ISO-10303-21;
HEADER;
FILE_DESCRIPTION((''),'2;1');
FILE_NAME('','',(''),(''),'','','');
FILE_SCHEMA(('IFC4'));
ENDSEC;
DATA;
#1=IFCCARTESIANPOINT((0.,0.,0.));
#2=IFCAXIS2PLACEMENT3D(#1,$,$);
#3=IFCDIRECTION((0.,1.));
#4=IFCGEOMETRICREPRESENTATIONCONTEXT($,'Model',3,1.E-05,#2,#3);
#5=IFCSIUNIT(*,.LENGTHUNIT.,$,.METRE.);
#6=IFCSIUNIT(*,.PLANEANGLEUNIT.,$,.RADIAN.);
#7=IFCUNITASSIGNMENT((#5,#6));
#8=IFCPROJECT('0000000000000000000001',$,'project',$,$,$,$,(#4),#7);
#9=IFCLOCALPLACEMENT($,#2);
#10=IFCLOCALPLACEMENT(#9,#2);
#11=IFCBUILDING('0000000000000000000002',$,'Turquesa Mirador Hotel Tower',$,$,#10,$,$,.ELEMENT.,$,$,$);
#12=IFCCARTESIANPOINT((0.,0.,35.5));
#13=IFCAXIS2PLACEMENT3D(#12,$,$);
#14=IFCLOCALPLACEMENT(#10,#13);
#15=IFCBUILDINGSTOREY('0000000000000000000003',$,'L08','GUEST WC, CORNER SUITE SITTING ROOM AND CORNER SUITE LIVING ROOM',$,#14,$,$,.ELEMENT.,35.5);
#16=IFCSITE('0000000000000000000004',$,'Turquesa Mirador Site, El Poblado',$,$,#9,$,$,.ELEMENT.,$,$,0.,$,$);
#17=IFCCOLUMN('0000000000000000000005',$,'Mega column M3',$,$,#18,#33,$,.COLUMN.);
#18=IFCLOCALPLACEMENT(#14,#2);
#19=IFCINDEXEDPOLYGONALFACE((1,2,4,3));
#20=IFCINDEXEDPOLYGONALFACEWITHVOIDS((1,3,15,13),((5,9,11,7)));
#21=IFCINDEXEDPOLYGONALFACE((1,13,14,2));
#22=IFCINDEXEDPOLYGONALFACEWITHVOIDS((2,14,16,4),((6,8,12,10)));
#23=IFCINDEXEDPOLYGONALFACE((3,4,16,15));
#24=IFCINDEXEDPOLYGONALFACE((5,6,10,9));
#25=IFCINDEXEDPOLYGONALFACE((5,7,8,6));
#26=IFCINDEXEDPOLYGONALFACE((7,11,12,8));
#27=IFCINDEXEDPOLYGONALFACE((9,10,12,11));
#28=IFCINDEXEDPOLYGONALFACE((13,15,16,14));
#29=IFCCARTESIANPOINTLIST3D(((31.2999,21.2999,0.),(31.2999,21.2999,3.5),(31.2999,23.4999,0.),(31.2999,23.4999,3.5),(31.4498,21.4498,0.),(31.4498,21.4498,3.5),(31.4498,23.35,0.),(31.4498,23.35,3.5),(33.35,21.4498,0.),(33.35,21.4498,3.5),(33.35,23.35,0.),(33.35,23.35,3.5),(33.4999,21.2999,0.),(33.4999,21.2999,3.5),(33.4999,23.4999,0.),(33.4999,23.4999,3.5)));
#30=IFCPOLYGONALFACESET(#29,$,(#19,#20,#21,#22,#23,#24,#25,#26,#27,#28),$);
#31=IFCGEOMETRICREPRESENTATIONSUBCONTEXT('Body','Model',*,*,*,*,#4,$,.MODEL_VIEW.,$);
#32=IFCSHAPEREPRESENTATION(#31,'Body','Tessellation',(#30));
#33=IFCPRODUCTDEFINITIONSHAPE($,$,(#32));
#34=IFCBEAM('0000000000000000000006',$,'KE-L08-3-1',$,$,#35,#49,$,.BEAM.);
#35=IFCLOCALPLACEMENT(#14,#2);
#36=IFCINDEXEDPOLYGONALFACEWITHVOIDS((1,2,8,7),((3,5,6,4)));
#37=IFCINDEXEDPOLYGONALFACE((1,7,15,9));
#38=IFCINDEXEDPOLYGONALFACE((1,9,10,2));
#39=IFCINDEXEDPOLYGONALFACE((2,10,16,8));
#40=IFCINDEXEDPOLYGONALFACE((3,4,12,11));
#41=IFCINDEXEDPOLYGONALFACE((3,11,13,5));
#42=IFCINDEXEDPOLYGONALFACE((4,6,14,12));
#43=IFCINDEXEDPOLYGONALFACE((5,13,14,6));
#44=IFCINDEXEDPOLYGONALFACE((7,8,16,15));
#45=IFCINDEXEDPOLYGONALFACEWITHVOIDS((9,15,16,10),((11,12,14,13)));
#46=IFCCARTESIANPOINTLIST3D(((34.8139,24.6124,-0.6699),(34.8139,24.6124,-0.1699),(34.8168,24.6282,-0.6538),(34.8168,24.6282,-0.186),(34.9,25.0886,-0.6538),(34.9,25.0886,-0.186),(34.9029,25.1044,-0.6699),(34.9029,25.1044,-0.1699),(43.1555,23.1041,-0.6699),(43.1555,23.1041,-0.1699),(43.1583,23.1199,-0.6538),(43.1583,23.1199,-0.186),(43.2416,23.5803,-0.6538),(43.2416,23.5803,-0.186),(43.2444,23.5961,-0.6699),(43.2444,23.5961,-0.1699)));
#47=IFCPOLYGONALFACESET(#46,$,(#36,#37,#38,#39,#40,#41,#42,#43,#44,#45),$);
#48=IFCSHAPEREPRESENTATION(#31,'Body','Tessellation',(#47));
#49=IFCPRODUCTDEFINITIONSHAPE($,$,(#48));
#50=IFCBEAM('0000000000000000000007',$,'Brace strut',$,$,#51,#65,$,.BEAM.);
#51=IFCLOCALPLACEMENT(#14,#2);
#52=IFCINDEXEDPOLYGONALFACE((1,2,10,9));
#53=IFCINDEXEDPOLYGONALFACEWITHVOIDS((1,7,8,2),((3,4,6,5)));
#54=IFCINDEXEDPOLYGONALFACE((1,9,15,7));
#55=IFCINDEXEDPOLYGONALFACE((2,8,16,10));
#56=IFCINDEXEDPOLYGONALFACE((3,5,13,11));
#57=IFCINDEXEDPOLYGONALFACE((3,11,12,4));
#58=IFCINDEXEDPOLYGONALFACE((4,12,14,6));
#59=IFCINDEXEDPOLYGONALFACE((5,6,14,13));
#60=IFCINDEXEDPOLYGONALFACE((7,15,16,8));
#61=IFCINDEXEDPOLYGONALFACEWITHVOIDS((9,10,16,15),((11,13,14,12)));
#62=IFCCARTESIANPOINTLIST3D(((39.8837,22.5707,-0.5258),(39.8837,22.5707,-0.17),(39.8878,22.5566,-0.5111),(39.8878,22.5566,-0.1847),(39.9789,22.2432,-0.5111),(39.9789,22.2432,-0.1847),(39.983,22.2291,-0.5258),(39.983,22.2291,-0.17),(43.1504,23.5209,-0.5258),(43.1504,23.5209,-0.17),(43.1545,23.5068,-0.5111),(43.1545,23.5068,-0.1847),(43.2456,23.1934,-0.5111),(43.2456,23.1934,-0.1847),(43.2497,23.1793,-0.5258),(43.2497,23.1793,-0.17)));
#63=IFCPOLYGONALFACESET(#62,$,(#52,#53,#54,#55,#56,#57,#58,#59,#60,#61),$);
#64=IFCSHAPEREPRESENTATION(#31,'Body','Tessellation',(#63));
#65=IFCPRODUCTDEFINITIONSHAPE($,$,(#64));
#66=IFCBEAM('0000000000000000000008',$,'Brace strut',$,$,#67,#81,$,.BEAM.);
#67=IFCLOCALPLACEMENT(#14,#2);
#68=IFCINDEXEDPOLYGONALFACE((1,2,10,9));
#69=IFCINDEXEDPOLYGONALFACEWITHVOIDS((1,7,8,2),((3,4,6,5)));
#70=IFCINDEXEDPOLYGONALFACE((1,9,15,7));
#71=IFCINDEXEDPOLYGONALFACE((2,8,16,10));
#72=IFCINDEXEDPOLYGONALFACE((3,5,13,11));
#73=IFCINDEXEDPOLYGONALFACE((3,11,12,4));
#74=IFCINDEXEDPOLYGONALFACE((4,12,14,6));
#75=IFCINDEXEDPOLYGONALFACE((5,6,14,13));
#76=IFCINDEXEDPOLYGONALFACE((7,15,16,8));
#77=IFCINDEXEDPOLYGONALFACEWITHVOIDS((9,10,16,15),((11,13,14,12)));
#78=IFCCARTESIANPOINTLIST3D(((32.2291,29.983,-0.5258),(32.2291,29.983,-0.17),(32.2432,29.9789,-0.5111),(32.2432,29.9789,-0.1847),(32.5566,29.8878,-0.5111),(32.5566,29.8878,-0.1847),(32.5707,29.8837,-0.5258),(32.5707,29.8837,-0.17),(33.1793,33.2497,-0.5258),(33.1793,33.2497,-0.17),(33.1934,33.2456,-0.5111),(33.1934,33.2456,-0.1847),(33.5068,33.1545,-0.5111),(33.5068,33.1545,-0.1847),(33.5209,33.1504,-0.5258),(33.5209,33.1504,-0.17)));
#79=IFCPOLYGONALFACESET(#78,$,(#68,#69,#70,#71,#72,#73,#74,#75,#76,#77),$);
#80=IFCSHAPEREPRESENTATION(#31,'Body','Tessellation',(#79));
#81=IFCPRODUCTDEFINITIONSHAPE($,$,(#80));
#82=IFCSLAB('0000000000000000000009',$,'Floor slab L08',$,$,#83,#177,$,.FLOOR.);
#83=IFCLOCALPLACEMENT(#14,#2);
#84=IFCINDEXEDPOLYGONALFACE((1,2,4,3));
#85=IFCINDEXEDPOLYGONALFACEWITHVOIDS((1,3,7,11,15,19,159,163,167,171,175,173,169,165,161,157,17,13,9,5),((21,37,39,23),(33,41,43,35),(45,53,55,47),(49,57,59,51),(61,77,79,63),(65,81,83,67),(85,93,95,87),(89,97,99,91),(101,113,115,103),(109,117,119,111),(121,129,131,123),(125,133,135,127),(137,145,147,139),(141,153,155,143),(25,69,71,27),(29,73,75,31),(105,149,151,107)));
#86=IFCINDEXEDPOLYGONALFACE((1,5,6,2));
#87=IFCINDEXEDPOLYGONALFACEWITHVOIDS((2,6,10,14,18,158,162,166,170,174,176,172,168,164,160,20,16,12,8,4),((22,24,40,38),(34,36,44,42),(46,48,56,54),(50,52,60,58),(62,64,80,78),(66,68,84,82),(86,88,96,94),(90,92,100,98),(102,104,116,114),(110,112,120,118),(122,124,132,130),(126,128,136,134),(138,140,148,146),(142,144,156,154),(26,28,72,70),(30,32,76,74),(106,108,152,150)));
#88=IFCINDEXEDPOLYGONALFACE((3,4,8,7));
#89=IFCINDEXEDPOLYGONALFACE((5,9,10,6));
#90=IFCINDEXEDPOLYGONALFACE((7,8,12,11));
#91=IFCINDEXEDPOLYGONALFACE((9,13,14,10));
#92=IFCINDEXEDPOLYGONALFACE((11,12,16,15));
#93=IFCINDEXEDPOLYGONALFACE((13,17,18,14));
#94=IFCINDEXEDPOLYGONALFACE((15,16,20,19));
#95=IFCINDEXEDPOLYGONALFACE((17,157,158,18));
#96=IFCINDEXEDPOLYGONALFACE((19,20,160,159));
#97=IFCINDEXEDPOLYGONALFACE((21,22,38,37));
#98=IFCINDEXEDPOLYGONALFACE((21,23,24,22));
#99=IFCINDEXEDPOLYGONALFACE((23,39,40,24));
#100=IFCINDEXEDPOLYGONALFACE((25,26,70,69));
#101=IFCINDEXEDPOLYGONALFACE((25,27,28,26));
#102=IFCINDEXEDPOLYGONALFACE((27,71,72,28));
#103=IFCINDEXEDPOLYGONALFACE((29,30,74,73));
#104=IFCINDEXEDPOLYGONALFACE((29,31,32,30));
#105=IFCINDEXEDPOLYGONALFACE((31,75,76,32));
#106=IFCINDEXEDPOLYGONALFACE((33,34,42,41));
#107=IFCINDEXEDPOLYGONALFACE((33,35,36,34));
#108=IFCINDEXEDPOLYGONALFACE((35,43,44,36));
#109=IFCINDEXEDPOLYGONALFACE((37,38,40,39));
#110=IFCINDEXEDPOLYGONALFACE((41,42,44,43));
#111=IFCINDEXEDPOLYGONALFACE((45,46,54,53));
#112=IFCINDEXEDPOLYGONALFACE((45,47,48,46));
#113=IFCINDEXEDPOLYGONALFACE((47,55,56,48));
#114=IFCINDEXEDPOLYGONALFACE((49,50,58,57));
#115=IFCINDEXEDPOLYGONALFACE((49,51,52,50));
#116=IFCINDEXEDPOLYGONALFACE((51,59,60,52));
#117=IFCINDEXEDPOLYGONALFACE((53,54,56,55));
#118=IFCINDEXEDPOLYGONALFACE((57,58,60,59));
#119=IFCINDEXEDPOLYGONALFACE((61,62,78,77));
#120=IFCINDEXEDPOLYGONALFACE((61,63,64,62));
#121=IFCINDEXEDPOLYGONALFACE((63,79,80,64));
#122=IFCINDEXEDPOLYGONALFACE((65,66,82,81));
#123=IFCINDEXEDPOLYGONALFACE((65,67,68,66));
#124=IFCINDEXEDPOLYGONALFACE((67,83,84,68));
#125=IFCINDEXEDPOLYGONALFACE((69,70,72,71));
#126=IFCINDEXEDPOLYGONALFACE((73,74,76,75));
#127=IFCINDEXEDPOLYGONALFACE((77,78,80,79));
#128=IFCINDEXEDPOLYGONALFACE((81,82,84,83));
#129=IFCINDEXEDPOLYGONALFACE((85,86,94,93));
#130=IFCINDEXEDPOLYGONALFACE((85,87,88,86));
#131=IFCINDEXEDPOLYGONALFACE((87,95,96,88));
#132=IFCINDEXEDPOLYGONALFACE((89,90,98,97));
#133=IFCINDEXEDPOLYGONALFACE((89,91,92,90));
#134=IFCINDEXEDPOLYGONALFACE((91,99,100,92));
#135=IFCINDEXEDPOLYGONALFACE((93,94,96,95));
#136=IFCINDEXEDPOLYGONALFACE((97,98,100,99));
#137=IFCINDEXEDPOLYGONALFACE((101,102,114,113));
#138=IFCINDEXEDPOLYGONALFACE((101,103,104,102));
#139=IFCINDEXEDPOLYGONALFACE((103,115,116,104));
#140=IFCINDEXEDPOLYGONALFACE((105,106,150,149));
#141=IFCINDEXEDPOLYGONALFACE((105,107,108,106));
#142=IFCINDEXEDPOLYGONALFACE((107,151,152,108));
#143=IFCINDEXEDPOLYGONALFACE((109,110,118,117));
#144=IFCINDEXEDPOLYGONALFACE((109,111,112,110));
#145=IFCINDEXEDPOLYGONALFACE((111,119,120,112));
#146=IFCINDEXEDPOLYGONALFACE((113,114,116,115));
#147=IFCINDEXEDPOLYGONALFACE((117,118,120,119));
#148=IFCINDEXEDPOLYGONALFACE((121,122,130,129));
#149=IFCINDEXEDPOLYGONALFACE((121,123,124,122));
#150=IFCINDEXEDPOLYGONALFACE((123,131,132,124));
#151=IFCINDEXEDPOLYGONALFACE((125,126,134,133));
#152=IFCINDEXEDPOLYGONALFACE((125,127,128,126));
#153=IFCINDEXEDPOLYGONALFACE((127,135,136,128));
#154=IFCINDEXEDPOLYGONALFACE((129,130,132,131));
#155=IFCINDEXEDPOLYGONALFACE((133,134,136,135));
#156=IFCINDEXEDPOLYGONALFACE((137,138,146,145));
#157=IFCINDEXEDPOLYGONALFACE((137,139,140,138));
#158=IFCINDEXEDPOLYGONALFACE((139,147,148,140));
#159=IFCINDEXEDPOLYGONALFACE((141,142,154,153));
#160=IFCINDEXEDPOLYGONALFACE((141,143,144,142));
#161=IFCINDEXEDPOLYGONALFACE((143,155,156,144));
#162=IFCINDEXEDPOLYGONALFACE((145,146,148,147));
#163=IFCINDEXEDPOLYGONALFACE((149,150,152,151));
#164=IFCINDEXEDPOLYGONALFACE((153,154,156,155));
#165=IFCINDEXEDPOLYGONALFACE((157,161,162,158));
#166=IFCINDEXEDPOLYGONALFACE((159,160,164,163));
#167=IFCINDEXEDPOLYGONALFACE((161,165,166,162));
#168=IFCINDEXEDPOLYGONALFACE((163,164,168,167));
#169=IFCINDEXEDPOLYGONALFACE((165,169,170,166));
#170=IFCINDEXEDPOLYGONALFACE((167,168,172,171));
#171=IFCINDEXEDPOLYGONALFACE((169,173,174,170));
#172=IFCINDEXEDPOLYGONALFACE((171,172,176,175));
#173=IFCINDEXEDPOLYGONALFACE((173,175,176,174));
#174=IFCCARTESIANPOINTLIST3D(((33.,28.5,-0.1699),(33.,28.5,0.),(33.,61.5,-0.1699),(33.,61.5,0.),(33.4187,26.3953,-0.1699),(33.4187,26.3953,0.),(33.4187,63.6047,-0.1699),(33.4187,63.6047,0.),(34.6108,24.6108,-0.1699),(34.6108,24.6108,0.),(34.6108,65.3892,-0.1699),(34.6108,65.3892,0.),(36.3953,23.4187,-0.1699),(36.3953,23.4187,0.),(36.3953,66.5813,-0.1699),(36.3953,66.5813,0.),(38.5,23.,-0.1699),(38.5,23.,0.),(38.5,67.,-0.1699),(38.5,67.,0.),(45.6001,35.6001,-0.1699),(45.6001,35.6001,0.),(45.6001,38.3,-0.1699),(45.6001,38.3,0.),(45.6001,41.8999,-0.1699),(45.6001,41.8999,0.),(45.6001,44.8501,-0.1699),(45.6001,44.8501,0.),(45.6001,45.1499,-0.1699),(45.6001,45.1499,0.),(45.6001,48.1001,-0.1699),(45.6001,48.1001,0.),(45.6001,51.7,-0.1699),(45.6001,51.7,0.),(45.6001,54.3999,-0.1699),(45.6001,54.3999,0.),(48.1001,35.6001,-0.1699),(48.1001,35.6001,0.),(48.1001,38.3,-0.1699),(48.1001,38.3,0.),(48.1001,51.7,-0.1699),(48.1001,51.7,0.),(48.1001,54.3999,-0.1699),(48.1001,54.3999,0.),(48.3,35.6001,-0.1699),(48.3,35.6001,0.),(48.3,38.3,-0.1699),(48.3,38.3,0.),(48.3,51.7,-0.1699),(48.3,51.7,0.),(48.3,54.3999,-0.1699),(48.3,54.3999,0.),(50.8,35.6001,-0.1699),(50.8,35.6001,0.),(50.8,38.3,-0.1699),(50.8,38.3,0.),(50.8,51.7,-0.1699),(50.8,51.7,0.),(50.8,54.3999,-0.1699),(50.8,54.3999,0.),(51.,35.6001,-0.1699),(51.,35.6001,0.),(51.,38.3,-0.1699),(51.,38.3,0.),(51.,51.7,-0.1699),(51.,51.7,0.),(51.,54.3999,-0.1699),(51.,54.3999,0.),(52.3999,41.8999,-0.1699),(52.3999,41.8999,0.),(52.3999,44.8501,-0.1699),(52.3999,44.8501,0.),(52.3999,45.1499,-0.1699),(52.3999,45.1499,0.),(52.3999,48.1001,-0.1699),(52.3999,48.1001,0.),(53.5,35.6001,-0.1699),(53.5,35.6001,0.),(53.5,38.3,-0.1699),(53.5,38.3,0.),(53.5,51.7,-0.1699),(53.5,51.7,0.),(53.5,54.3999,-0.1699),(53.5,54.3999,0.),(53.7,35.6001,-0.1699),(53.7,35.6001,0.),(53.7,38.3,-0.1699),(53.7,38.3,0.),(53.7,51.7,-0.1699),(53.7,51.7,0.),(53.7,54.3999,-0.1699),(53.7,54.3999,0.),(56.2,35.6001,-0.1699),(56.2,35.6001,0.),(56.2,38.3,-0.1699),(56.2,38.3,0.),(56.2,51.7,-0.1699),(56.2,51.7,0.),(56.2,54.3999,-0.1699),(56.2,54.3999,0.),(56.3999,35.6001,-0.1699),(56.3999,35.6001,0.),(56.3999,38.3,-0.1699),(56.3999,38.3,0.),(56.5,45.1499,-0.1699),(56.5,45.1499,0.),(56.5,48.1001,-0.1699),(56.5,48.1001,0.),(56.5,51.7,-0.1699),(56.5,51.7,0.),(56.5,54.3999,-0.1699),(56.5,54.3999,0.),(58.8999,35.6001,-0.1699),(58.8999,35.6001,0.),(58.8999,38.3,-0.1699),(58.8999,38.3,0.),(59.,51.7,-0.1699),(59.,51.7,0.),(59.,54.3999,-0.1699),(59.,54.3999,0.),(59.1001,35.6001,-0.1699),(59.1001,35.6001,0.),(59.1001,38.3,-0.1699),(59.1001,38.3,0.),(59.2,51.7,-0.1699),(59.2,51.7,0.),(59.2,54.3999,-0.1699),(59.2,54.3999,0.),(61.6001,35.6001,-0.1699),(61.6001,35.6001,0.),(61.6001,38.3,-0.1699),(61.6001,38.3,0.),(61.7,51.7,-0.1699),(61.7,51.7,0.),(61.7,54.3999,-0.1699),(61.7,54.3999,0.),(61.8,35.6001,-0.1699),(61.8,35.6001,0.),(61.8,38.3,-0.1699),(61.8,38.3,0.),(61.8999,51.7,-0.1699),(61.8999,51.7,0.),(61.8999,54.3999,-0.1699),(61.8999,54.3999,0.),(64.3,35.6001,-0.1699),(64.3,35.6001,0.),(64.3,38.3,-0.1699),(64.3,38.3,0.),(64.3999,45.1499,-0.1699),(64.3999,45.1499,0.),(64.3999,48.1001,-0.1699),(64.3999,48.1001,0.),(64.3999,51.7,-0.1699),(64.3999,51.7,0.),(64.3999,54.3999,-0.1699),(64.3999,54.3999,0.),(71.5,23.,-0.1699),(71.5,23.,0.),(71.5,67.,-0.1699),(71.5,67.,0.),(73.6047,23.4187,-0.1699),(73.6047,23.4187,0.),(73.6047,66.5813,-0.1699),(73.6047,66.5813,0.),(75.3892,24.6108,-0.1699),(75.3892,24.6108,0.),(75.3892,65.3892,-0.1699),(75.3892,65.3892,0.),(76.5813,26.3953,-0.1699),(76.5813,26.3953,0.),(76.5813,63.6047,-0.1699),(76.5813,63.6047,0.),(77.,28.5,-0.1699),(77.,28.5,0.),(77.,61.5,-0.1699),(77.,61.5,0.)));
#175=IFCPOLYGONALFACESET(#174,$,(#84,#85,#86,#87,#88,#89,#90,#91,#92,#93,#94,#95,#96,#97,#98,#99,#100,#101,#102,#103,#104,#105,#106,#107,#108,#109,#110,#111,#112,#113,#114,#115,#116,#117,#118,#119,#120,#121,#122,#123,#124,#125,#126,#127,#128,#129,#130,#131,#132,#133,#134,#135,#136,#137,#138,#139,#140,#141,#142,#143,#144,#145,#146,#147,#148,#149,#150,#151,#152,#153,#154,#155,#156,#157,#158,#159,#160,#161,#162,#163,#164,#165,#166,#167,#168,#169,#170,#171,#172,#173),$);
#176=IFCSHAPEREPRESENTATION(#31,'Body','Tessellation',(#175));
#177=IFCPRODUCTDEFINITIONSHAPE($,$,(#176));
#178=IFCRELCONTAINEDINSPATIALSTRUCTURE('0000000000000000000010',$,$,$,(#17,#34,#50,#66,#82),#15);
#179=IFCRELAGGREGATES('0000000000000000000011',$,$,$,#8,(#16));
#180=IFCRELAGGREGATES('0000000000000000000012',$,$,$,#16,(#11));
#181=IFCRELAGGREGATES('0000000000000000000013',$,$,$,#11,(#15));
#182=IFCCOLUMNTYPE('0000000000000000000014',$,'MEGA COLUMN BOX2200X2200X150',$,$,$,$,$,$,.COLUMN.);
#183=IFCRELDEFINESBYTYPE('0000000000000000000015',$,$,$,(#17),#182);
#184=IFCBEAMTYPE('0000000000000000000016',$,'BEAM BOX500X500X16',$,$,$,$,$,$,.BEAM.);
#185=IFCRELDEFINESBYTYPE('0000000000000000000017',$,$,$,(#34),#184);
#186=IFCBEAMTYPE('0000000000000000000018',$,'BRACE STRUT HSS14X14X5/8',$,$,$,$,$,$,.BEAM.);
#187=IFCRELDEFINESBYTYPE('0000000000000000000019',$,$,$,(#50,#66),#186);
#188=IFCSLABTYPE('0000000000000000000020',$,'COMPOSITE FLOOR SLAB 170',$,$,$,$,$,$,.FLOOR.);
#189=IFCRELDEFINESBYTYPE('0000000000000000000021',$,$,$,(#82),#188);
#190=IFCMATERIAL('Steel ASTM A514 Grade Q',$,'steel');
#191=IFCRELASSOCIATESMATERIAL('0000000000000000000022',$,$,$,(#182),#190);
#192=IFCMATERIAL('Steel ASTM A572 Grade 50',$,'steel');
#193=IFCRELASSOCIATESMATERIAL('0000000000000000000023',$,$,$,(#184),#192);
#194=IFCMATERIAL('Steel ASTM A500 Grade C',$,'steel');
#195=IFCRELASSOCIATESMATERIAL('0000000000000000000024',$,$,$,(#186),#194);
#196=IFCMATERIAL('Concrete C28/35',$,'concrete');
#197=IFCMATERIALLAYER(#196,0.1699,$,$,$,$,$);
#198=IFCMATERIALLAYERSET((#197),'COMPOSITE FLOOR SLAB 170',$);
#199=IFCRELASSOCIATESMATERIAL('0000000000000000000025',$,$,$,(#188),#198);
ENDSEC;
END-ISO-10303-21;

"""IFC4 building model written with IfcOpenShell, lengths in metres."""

from ifc_helpers import new_model, si_unit, direction, frame, origin, origin_2d, place, context, subcontext, project, spatial, polyline, hollow_rectangle, outline, extrude, material, layer, layer_set, material_profile, profile_set, type_object, element, save


model = new_model("IFC4")

# Units and contexts
model_context = context("Model", 3, precision=1e-05, world=origin(), true_north=direction((0.0, 1.0)))
body_context = subcontext(model_context, "Body", "Model", "MODEL_VIEW")
ifc_project = project(units=[si_unit("LENGTHUNIT", "METRE"), si_unit("PLANEANGLEUNIT", "RADIAN")], contexts=[model_context])

# Site, building, storey
site_placement = place(None, origin())
site = spatial("IfcSite", under=ifc_project, at=site_placement, Name="Turquesa Mirador Site, El Poblado", CompositionType="ELEMENT", RefElevation=0.0)
building_placement = place(site_placement, origin())
building = spatial("IfcBuilding", under=site, at=building_placement, Name="Turquesa Mirador Hotel Tower", CompositionType="ELEMENT")
storey_placement = place(building_placement, frame((0.0, 0.0, 35.5)))
storey = spatial("IfcBuildingStorey", under=building, at=storey_placement, Name="L08", Description="GUEST WC, CORNER SUITE SITTING ROOM AND CORNER SUITE LIVING ROOM", CompositionType="ELEMENT", Elevation=35.5)

# Column
ifc_material_1 = material(Name="Steel ASTM A514 Grade Q", Category="steel")
ifc_material_profile_1 = material_profile(ifc_material_1, hollow_rectangle(XDim=2.2, YDim=2.2, WallThickness=0.1499, at=origin_2d()), Name="BOX2200X2200X150")
ifc_profile_set_1 = profile_set([ifc_material_profile_1], Name="Steel ASTM A514 Grade Q")
column_type = type_object("IfcColumnType", Name="MEGA COLUMN BOX2200X2200X150", PredefinedType="COLUMN", material=ifc_profile_set_1)
column_placement = place(storey_placement, frame((32.3999, 22.3999, 0.0), z_axis=(0.0, 0.0, 1.0), x_axis=(1.0, 0.0, 0.0)))
element("IfcColumn", 1, at=column_placement, inside=storey, type_object=column_type, Name="Mega column M3", PredefinedType="COLUMN", context=body_context, shape_type="SweptSolid", body=[
    extrude(hollow_rectangle(XDim=2.2, YDim=2.2, WallThickness=0.1499, at=origin_2d()), origin(), (0.0, 0.0, 1.0), 3.5),
])

# Beams
ifc_material_2 = material(Name="Steel ASTM A572 Grade 50", Category="steel")
ifc_material_profile_2 = material_profile(ifc_material_2, hollow_rectangle(XDim=0.5, YDim=0.5, WallThickness=0.0161, at=origin_2d()), Name="BOX500X500X16")
ifc_profile_set_2 = profile_set([ifc_material_profile_2], Name="Steel ASTM A572 Grade 50")
beam_type_1 = type_object("IfcBeamType", Name="BEAM BOX500X500X16", PredefinedType="BEAM", material=ifc_profile_set_2)
beam_placement = place(storey_placement, frame((34.8584, 24.8584, -0.4199), z_axis=(0.984043, -0.177932, 0.0), x_axis=(0.177932, 0.984043, 0.0)))
element("IfcBeam", 2, at=beam_placement, inside=storey, type_object=beam_type_1, Name="KE-L08-3-1", PredefinedType="BEAM", context=body_context, shape_type="SweptSolid", body=[
    extrude(hollow_rectangle(XDim=0.5, YDim=0.5, WallThickness=0.0161, at=origin_2d()), origin(), (0.0, 0.0, 1.0), 8.4768),
])
ifc_material_3 = material(Name="Steel ASTM A500 Grade C", Category="steel")
ifc_material_profile_3 = material_profile(ifc_material_3, hollow_rectangle(XDim=0.3557, YDim=0.3557, WallThickness=0.0146, at=origin_2d()), Name="HSS14X14X5/8")
ifc_profile_set_3 = profile_set([ifc_material_profile_3], Name="Steel ASTM A500 Grade C")
beam_type_2 = type_object("IfcBeamType", Name="BRACE STRUT HSS14X14X5/8", PredefinedType="BEAM", material=ifc_profile_set_3)
for number, where, z_axis, x_axis, name in (
    (3, (39.9333, 22.3999, -0.3479), (0.960202, 0.279305, 0.0), (-0.279305, 0.960202, 0.0), "Brace strut"),
    (4, (32.3999, 29.9333, -0.3479), (0.279305, 0.960202, 0.0), (-0.960202, 0.279305, 0.0), "Brace strut"),
):
    element("IfcBeam", number, at=place(storey_placement, frame(where, z_axis=z_axis, x_axis=x_axis)), inside=storey, type_object=beam_type_2, Name=name, PredefinedType="BEAM", context=body_context, shape_type="SweptSolid", body=[
        extrude(hollow_rectangle(XDim=0.3557, YDim=0.3557, WallThickness=0.0146, at=origin_2d()), origin(), (0.0, 0.0, 1.0), 3.4021),
    ])

# Slab
ifc_material_4 = material(Name="Concrete C28/35", Category="concrete")
ifc_layer_1 = layer(ifc_material_4, 0.1699)
ifc_layer_set_1 = layer_set([ifc_layer_1], Name="COMPOSITE FLOOR SLAB 170")
slab_type_1 = type_object("IfcSlabType", Name="COMPOSITE FLOOR SLAB 170", PredefinedType="FLOOR", material=ifc_layer_set_1)
slab_1_placement = place(storey_placement, frame((0.0, 0.0, -0.1699)))
element("IfcSlab", 5, at=slab_1_placement, inside=storey, type_object=slab_type_1, Name="Floor slab L08", PredefinedType="FLOOR", context=body_context, shape_type="SweptSolid", body=[
    extrude(outline(polyline([(71.5, 23.0), (73.6047, 23.4187), (75.3892, 24.6108), (76.5813, 26.3953), (77.0, 28.5), (77.0, 61.5), (76.5813, 63.6047), (75.3892, 65.3892), (73.6047, 66.5813), (71.5, 67.0), (38.5, 67.0), (36.3953, 66.5813), (34.6108, 65.3892), (33.4187, 63.6047), (33.0, 61.5), (33.0, 28.5), (33.4187, 26.3953), (34.6108, 24.6108), (36.3953, 23.4187), (38.5, 23.0), (71.5, 23.0)]), holes=[polyline([(45.6001, 51.7), (48.1001, 51.7), (48.1001, 54.3999), (45.6001, 54.3999), (45.6001, 51.7)]), polyline([(48.3, 51.7), (50.8, 51.7), (50.8, 54.3999), (48.3, 54.3999), (48.3, 51.7)]), polyline([(51.0, 51.7), (53.5, 51.7), (53.5, 54.3999), (51.0, 54.3999), (51.0, 51.7)]), polyline([(53.7, 51.7), (56.2, 51.7), (56.2, 54.3999), (53.7, 54.3999), (53.7, 51.7)]), polyline([(56.5, 51.7), (59.0, 51.7), (59.0, 54.3999), (56.5, 54.3999), (56.5, 51.7)]), polyline([(59.2, 51.7), (61.7, 51.7), (61.7, 54.3999), (59.2, 54.3999), (59.2, 51.7)]), polyline([(45.6001, 35.6001), (48.1001, 35.6001), (48.1001, 38.3), (45.6001, 38.3), (45.6001, 35.6001)]), polyline([(48.3, 35.6001), (50.8, 35.6001), (50.8, 38.3), (48.3, 38.3), (48.3, 35.6001)]), polyline([(51.0, 35.6001), (53.5, 35.6001), (53.5, 38.3), (51.0, 38.3), (51.0, 35.6001)]), polyline([(53.7, 35.6001), (56.2, 35.6001), (56.2, 38.3), (53.7, 38.3), (53.7, 35.6001)]), polyline([(56.3999, 35.6001), (58.8999, 35.6001), (58.8999, 38.3), (56.3999, 38.3), (56.3999, 35.6001)]), polyline([(59.1001, 35.6001), (61.6001, 35.6001), (61.6001, 38.3), (59.1001, 38.3), (59.1001, 35.6001)]), polyline([(61.8, 35.6001), (64.3, 35.6001), (64.3, 38.3), (61.8, 38.3), (61.8, 35.6001)]), polyline([(45.6001, 45.1499), (52.3999, 45.1499), (52.3999, 48.1001), (45.6001, 48.1001), (45.6001, 45.1499)]), polyline([(45.6001, 41.8999), (52.3999, 41.8999), (52.3999, 44.8501), (45.6001, 44.8501), (45.6001, 41.8999)]), polyline([(56.5, 45.1499), (64.3999, 45.1499), (64.3999, 48.1001), (56.5, 48.1001), (56.5, 45.1499)]), polyline([(61.8999, 51.7), (64.3999, 51.7), (64.3999, 54.3999), (61.8999, 54.3999), (61.8999, 51.7)])]), origin(), (0.0, 0.0, 1.0), 0.1699),
])

save(model, "model.ifc")
